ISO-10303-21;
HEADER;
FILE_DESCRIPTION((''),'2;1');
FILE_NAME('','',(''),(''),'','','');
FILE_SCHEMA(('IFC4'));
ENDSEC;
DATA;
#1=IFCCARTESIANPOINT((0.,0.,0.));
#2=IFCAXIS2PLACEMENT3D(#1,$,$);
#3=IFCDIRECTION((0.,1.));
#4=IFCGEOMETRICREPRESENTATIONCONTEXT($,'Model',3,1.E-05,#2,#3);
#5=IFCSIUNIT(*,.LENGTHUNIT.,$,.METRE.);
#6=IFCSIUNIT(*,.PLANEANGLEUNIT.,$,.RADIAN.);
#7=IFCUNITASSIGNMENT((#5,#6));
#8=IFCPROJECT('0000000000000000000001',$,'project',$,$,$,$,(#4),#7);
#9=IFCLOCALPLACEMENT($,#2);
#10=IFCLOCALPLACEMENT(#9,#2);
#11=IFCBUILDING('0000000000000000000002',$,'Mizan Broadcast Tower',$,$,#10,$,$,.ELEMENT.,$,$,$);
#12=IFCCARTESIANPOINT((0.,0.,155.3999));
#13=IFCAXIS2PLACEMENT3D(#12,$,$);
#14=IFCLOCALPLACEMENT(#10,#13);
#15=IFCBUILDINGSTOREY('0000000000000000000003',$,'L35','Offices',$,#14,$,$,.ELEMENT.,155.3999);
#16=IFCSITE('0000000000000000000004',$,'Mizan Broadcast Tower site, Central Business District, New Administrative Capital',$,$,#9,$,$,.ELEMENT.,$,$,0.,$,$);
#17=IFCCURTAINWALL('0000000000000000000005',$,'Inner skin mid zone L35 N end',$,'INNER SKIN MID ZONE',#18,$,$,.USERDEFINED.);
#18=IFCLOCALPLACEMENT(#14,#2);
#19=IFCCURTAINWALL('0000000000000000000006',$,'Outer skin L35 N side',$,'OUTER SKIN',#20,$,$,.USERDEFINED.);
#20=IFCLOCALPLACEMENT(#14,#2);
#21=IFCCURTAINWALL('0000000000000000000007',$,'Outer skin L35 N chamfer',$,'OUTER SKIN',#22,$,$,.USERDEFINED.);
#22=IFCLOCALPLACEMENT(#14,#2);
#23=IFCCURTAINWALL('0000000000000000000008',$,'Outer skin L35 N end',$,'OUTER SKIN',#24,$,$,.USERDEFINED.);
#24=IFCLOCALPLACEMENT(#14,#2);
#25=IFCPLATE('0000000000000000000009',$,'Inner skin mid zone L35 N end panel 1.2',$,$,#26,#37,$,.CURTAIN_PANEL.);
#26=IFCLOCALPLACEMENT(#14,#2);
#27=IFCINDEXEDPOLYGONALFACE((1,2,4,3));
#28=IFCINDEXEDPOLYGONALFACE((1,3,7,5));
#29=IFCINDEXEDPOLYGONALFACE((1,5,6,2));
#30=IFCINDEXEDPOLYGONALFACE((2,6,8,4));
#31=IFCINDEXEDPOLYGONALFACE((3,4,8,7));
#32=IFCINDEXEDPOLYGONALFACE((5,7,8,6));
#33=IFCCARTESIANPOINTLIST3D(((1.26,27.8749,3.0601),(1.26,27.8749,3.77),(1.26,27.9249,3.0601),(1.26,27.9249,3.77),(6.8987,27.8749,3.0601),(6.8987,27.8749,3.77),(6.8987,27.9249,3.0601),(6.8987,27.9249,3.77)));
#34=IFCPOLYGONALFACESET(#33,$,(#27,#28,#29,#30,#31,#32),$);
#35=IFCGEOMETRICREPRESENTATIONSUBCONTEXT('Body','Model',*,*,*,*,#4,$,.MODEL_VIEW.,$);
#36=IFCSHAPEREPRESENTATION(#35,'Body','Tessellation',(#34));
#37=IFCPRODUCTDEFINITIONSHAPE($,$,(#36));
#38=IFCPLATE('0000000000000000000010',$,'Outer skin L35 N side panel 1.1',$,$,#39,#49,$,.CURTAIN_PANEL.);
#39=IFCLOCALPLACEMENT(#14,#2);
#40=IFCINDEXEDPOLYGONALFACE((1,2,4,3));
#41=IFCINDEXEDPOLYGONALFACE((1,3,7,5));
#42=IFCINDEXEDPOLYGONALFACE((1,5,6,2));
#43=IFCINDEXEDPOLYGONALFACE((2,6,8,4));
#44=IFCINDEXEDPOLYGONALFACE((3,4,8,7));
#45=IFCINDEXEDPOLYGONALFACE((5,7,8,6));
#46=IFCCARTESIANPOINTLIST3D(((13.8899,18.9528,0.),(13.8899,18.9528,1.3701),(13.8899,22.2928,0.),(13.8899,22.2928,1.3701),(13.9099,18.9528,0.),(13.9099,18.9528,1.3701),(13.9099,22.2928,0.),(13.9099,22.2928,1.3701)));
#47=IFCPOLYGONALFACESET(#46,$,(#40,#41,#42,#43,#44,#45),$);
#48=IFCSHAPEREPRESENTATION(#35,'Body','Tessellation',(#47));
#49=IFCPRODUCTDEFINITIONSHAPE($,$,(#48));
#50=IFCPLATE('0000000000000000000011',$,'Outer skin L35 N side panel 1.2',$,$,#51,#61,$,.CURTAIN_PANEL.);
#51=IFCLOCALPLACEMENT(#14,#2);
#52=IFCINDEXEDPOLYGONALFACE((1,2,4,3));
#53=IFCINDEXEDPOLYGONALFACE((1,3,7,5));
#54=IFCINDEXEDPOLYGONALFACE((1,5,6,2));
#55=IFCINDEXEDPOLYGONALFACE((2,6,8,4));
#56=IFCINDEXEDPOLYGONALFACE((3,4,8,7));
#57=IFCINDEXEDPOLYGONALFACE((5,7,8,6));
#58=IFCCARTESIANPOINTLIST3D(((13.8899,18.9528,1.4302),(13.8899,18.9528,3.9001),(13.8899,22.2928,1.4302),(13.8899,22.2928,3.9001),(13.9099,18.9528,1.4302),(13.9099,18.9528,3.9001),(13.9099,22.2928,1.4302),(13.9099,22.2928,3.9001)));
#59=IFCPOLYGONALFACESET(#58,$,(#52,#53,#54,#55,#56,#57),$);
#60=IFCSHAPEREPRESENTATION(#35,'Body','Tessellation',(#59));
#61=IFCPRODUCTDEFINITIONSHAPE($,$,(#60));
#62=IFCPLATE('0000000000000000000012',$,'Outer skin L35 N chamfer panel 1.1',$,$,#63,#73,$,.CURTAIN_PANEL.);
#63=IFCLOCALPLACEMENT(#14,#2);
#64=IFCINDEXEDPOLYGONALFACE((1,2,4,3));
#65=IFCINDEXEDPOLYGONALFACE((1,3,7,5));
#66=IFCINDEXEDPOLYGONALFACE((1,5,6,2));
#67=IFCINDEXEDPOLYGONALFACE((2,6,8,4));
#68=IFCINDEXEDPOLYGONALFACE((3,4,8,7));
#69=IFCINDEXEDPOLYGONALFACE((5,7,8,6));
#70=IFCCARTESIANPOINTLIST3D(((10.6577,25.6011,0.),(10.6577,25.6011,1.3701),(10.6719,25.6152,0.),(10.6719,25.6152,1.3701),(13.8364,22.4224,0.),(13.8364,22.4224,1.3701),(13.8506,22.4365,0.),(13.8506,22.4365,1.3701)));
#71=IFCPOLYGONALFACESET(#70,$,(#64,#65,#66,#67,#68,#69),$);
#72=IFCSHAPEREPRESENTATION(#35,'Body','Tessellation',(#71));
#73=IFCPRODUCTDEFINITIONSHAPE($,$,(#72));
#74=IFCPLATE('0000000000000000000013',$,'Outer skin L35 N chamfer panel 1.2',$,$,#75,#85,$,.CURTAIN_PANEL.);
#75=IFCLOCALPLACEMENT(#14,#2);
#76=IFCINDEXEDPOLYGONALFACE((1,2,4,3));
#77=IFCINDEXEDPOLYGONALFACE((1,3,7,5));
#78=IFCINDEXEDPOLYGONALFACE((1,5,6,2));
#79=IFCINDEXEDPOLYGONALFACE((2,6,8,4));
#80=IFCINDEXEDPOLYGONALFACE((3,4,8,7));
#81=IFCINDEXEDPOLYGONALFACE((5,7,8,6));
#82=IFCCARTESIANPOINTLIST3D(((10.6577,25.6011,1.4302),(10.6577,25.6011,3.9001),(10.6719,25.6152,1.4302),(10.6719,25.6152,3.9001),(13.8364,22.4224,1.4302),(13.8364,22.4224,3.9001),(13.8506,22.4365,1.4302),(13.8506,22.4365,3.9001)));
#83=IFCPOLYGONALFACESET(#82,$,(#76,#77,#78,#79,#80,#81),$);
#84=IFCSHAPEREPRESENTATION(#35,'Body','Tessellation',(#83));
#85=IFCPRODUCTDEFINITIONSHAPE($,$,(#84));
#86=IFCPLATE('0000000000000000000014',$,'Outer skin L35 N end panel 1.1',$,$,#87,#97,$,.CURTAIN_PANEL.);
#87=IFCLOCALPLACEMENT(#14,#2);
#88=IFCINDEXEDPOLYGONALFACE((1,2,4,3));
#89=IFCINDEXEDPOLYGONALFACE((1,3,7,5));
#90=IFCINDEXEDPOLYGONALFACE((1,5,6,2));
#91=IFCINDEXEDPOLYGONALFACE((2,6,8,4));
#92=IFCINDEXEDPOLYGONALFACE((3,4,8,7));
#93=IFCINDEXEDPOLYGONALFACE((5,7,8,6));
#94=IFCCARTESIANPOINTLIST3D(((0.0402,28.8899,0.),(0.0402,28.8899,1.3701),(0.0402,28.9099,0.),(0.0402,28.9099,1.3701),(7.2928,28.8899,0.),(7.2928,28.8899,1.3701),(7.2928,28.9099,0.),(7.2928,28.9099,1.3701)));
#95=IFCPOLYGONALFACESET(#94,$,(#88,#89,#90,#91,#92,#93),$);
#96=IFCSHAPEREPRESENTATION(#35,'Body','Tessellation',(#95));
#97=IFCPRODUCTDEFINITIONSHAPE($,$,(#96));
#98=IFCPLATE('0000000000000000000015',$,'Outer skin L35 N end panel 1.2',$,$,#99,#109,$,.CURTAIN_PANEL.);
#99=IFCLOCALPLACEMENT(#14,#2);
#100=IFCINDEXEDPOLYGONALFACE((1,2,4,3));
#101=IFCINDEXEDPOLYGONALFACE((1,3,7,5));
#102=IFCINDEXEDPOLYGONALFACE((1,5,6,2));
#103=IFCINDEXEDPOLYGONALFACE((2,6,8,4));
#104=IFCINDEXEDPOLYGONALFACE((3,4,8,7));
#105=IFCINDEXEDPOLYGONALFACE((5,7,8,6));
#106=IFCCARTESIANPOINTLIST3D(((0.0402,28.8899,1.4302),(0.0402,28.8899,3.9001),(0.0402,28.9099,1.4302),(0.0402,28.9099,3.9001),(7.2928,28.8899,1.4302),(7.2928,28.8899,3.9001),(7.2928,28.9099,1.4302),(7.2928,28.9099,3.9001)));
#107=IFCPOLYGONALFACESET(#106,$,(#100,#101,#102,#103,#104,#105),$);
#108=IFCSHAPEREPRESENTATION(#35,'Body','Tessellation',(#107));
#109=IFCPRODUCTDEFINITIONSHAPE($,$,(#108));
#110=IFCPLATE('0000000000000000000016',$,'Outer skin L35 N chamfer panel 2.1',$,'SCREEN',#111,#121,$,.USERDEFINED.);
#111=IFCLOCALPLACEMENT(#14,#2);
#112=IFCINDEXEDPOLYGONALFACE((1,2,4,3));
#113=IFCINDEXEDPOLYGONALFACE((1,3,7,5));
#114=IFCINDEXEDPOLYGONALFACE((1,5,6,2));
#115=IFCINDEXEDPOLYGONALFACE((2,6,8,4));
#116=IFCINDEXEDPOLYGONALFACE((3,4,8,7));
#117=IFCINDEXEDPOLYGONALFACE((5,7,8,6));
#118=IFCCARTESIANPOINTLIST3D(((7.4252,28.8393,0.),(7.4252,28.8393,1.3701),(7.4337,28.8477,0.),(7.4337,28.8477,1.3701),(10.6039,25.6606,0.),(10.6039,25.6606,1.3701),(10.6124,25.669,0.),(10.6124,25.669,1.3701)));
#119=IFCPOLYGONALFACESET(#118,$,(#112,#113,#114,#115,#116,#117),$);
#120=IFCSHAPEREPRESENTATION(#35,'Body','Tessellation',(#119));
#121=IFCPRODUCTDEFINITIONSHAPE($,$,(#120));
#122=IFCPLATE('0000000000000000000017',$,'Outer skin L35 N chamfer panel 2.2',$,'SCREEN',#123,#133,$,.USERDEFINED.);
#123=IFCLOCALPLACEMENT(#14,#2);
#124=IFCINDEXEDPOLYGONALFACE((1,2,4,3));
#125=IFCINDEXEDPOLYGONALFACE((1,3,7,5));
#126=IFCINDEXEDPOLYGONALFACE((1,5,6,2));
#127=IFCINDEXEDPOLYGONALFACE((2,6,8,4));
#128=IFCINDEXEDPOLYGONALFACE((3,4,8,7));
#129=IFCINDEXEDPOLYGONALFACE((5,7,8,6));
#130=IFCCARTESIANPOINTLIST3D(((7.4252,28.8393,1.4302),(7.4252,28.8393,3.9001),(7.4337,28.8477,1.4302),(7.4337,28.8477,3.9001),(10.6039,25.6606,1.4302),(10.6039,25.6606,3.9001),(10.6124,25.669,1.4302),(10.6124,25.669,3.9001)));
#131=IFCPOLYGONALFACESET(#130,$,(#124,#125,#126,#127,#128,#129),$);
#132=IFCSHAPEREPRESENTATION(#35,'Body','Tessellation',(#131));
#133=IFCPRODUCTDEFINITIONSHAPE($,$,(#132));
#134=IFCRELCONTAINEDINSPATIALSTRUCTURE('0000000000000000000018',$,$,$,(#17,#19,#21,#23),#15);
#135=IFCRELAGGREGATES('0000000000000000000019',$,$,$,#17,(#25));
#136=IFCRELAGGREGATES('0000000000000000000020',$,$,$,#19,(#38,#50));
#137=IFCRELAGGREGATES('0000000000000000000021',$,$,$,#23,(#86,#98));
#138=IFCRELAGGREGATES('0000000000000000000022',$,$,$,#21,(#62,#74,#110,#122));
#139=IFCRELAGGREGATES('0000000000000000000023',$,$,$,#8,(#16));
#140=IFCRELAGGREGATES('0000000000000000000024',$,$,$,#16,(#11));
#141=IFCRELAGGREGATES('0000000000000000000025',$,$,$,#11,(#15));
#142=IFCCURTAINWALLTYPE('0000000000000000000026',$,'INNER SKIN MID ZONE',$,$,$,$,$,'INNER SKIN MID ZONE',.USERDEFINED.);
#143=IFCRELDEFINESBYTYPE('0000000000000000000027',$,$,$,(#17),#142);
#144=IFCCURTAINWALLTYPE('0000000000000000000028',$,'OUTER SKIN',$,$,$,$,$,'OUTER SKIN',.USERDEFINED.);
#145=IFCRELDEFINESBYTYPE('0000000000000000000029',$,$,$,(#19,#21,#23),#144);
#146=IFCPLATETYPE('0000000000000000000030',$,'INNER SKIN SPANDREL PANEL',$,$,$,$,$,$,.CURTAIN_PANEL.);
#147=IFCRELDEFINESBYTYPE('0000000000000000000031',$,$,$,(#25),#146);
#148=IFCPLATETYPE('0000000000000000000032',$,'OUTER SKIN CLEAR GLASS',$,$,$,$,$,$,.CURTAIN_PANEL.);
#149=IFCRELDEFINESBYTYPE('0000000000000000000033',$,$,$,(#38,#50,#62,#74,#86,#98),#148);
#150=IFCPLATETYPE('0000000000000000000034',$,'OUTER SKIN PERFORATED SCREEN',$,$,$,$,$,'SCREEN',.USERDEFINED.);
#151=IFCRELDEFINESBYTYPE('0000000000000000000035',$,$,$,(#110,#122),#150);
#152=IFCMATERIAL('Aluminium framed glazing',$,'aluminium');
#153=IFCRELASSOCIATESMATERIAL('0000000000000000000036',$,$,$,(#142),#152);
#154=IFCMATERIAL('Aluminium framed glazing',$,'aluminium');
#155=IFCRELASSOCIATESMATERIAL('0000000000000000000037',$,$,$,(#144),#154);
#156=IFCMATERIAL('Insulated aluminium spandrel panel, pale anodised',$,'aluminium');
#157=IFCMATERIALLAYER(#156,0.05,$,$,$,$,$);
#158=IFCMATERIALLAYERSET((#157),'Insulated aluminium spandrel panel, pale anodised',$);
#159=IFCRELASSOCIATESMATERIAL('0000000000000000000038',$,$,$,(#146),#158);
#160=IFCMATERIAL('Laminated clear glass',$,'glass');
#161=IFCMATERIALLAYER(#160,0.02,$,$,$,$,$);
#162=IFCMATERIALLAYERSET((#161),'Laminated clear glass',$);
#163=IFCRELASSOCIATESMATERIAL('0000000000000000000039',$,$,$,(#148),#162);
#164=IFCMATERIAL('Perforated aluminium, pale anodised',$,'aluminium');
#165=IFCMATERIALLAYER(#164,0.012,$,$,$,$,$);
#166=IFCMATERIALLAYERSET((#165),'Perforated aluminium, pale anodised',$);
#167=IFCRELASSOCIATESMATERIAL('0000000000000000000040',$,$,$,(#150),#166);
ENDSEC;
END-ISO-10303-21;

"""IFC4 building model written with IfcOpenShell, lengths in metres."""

from ifc_helpers import new_model, si_unit, direction, frame, origin, origin_2d, place, context, subcontext, project, spatial, rectangle, extrude, material, layer, layer_set, type_object, element, aggregate, save


model = new_model("IFC4")

# Units and contexts
model_context = context("Model", 3, precision=1e-05, world=origin(), true_north=direction((0.0, 1.0)))
body_context = subcontext(model_context, "Body", "Model", "MODEL_VIEW")
ifc_project = project(units=[si_unit("LENGTHUNIT", "METRE"), si_unit("PLANEANGLEUNIT", "RADIAN")], contexts=[model_context])

# Site, building, storey
site_placement = place(None, origin())
site = spatial("IfcSite", under=ifc_project, at=site_placement, Name="Mizan Broadcast Tower site, Central Business District, New Administrative Capital", CompositionType="ELEMENT", RefElevation=0.0)
building_placement = place(site_placement, origin())
building = spatial("IfcBuilding", under=site, at=building_placement, Name="Mizan Broadcast Tower", CompositionType="ELEMENT")
storey_placement = place(building_placement, frame((0.0, 0.0, 155.3999)))
storey = spatial("IfcBuildingStorey", under=building, at=storey_placement, Name="L35", Description="Offices", CompositionType="ELEMENT", Elevation=155.3999)

# Curtain wall
ifc_material_1 = material(Name="Aluminium framed glazing", Category="aluminium")
curtain_wall_type_1 = type_object("IfcCurtainWallType", Name="INNER SKIN MID ZONE", ElementType="INNER SKIN MID ZONE", PredefinedType="USERDEFINED", material=ifc_material_1)
curtain_wall_1_placement = place(storey_placement, origin())
curtain_wall_1 = element("IfcCurtainWall", 1, at=curtain_wall_1_placement, inside=storey, type_object=curtain_wall_type_1, Name="Inner skin mid zone L35 N end", ObjectType="INNER SKIN MID ZONE", PredefinedType="USERDEFINED")

# Curtain wall
ifc_material_2 = material(Name="Aluminium framed glazing", Category="aluminium")
curtain_wall_type_2 = type_object("IfcCurtainWallType", Name="OUTER SKIN", ElementType="OUTER SKIN", PredefinedType="USERDEFINED", material=ifc_material_2)
curtain_wall_2_placement = place(storey_placement, origin())
curtain_wall_2 = element("IfcCurtainWall", 2, at=curtain_wall_2_placement, inside=storey, type_object=curtain_wall_type_2, Name="Outer skin L35 N side", ObjectType="OUTER SKIN", PredefinedType="USERDEFINED")

# Curtain wall
curtain_wall_3_placement = place(storey_placement, origin())
curtain_wall_3 = element("IfcCurtainWall", 3, at=curtain_wall_3_placement, inside=storey, type_object=curtain_wall_type_2, Name="Outer skin L35 N chamfer", ObjectType="OUTER SKIN", PredefinedType="USERDEFINED")

# Curtain wall
curtain_wall_4_placement = place(storey_placement, origin())
curtain_wall_4 = element("IfcCurtainWall", 4, at=curtain_wall_4_placement, inside=storey, type_object=curtain_wall_type_2, Name="Outer skin L35 N end", ObjectType="OUTER SKIN", PredefinedType="USERDEFINED")

# Plates
ifc_material_3 = material(Name="Insulated aluminium spandrel panel, pale anodised", Category="aluminium")
ifc_layer_1 = layer(ifc_material_3, 0.05)
ifc_layer_set_1 = layer_set([ifc_layer_1], Name="Insulated aluminium spandrel panel, pale anodised")
plate_type_1 = type_object("IfcPlateType", Name="INNER SKIN SPANDREL PANEL", PredefinedType="CURTAIN_PANEL", material=ifc_layer_set_1)
plate_1_placement = place(storey_placement, frame((4.0793, 27.8999, 3.0601), z_axis=(0.0, 0.0, 1.0), x_axis=(-1.0, 0.0, 0.0)))
plate_1 = element("IfcPlate", 5, at=plate_1_placement, type_object=plate_type_1, Name="Inner skin mid zone L35 N end panel 1.2", PredefinedType="CURTAIN_PANEL", context=body_context, shape_type="SweptSolid", body=[
    extrude(rectangle(XDim=5.6387, YDim=0.05, at=origin_2d()), origin(), (0.0, 0.0, 1.0), 0.71),
])
aggregate(curtain_wall_1, [plate_1])
ifc_material_4 = material(Name="Laminated clear glass", Category="glass")
ifc_layer_2 = layer(ifc_material_4, 0.02)
ifc_layer_set_2 = layer_set([ifc_layer_2], Name="Laminated clear glass")
plate_type_2 = type_object("IfcPlateType", Name="OUTER SKIN CLEAR GLASS", PredefinedType="CURTAIN_PANEL", material=ifc_layer_set_2)
plate_2_placement = place(storey_placement, frame((13.8999, 20.6228, 0.0), z_axis=(0.0, 0.0, 1.0), x_axis=(0.0, 1.0, 0.0)))
plate_2 = element("IfcPlate", 6, at=plate_2_placement, type_object=plate_type_2, Name="Outer skin L35 N side panel 1.1", PredefinedType="CURTAIN_PANEL", context=body_context, shape_type="SweptSolid", body=[
    extrude(rectangle(XDim=3.3401, YDim=0.02, at=origin_2d()), origin(), (0.0, 0.0, 1.0), 1.3701),
])
plate_3_placement = place(storey_placement, frame((13.8999, 20.6228, 1.4302), z_axis=(0.0, 0.0, 1.0), x_axis=(0.0, 1.0, 0.0)))
plate_3 = element("IfcPlate", 7, at=plate_3_placement, type_object=plate_type_2, Name="Outer skin L35 N side panel 1.2", PredefinedType="CURTAIN_PANEL", context=body_context, shape_type="SweptSolid", body=[
    extrude(rectangle(XDim=3.3401, YDim=0.02, at=origin_2d()), origin(), (0.0, 0.0, 1.0), 2.47),
])
aggregate(curtain_wall_2, [plate_2, plate_3])
plate_4_placement = place(storey_placement, frame((12.2542, 24.0188, 0.0), z_axis=(0.0, 0.0, 1.0), x_axis=(-0.707107, 0.707107, 0.0)))
plate_4 = element("IfcPlate", 8, at=plate_4_placement, type_object=plate_type_2, Name="Outer skin L35 N chamfer panel 1.1", PredefinedType="CURTAIN_PANEL", context=body_context, shape_type="SweptSolid", body=[
    extrude(rectangle(XDim=4.4954, YDim=0.02, at=origin_2d()), origin(), (0.0, 0.0, 1.0), 1.3701),
])
plate_5_placement = place(storey_placement, frame((12.2542, 24.0188, 1.4302), z_axis=(0.0, 0.0, 1.0), x_axis=(-0.707107, 0.707107, 0.0)))
plate_5 = element("IfcPlate", 9, at=plate_5_placement, type_object=plate_type_2, Name="Outer skin L35 N chamfer panel 1.2", PredefinedType="CURTAIN_PANEL", context=body_context, shape_type="SweptSolid", body=[
    extrude(rectangle(XDim=4.4954, YDim=0.02, at=origin_2d()), origin(), (0.0, 0.0, 1.0), 2.47),
])
plate_6_placement = place(storey_placement, frame((3.6665, 28.8999, 0.0), z_axis=(0.0, 0.0, 1.0), x_axis=(-1.0, 0.0, 0.0)))
plate_6 = element("IfcPlate", 10, at=plate_6_placement, type_object=plate_type_2, Name="Outer skin L35 N end panel 1.1", PredefinedType="CURTAIN_PANEL", context=body_context, shape_type="SweptSolid", body=[
    extrude(rectangle(XDim=7.2527, YDim=0.02, at=origin_2d()), origin(), (0.0, 0.0, 1.0), 1.3701),
])
plate_7_placement = place(storey_placement, frame((3.6665, 28.8999, 1.4302), z_axis=(0.0, 0.0, 1.0), x_axis=(-1.0, 0.0, 0.0)))
plate_7 = element("IfcPlate", 11, at=plate_7_placement, type_object=plate_type_2, Name="Outer skin L35 N end panel 1.2", PredefinedType="CURTAIN_PANEL", context=body_context, shape_type="SweptSolid", body=[
    extrude(rectangle(XDim=7.2527, YDim=0.02, at=origin_2d()), origin(), (0.0, 0.0, 1.0), 2.47),
])
aggregate(curtain_wall_4, [plate_6, plate_7])
ifc_material_5 = material(Name="Perforated aluminium, pale anodised", Category="aluminium")
ifc_layer_3 = layer(ifc_material_5, 0.012)
ifc_layer_set_3 = layer_set([ifc_layer_3], Name="Perforated aluminium, pale anodised")
plate_type_3 = type_object("IfcPlateType", Name="OUTER SKIN PERFORATED SCREEN", ElementType="SCREEN", PredefinedType="USERDEFINED", material=ifc_layer_set_3)
plate_8_placement = place(storey_placement, frame((9.0188, 27.2542, 0.0), z_axis=(0.0, 0.0, 1.0), x_axis=(-0.707107, 0.707107, 0.0)))
plate_8 = element("IfcPlate", 12, at=plate_8_placement, type_object=plate_type_3, Name="Outer skin L35 N chamfer panel 2.1", ObjectType="SCREEN", PredefinedType="USERDEFINED", context=body_context, shape_type="SweptSolid", body=[
    extrude(rectangle(XDim=4.4954, YDim=0.012, at=origin_2d()), origin(), (0.0, 0.0, 1.0), 1.3701),
])
plate_9_placement = place(storey_placement, frame((9.0188, 27.2542, 1.4302), z_axis=(0.0, 0.0, 1.0), x_axis=(-0.707107, 0.707107, 0.0)))
plate_9 = element("IfcPlate", 13, at=plate_9_placement, type_object=plate_type_3, Name="Outer skin L35 N chamfer panel 2.2", ObjectType="SCREEN", PredefinedType="USERDEFINED", context=body_context, shape_type="SweptSolid", body=[
    extrude(rectangle(XDim=4.4954, YDim=0.012, at=origin_2d()), origin(), (0.0, 0.0, 1.0), 2.47),
])
aggregate(curtain_wall_3, [plate_4, plate_5, plate_8, plate_9])

save(model, "model.ifc")
